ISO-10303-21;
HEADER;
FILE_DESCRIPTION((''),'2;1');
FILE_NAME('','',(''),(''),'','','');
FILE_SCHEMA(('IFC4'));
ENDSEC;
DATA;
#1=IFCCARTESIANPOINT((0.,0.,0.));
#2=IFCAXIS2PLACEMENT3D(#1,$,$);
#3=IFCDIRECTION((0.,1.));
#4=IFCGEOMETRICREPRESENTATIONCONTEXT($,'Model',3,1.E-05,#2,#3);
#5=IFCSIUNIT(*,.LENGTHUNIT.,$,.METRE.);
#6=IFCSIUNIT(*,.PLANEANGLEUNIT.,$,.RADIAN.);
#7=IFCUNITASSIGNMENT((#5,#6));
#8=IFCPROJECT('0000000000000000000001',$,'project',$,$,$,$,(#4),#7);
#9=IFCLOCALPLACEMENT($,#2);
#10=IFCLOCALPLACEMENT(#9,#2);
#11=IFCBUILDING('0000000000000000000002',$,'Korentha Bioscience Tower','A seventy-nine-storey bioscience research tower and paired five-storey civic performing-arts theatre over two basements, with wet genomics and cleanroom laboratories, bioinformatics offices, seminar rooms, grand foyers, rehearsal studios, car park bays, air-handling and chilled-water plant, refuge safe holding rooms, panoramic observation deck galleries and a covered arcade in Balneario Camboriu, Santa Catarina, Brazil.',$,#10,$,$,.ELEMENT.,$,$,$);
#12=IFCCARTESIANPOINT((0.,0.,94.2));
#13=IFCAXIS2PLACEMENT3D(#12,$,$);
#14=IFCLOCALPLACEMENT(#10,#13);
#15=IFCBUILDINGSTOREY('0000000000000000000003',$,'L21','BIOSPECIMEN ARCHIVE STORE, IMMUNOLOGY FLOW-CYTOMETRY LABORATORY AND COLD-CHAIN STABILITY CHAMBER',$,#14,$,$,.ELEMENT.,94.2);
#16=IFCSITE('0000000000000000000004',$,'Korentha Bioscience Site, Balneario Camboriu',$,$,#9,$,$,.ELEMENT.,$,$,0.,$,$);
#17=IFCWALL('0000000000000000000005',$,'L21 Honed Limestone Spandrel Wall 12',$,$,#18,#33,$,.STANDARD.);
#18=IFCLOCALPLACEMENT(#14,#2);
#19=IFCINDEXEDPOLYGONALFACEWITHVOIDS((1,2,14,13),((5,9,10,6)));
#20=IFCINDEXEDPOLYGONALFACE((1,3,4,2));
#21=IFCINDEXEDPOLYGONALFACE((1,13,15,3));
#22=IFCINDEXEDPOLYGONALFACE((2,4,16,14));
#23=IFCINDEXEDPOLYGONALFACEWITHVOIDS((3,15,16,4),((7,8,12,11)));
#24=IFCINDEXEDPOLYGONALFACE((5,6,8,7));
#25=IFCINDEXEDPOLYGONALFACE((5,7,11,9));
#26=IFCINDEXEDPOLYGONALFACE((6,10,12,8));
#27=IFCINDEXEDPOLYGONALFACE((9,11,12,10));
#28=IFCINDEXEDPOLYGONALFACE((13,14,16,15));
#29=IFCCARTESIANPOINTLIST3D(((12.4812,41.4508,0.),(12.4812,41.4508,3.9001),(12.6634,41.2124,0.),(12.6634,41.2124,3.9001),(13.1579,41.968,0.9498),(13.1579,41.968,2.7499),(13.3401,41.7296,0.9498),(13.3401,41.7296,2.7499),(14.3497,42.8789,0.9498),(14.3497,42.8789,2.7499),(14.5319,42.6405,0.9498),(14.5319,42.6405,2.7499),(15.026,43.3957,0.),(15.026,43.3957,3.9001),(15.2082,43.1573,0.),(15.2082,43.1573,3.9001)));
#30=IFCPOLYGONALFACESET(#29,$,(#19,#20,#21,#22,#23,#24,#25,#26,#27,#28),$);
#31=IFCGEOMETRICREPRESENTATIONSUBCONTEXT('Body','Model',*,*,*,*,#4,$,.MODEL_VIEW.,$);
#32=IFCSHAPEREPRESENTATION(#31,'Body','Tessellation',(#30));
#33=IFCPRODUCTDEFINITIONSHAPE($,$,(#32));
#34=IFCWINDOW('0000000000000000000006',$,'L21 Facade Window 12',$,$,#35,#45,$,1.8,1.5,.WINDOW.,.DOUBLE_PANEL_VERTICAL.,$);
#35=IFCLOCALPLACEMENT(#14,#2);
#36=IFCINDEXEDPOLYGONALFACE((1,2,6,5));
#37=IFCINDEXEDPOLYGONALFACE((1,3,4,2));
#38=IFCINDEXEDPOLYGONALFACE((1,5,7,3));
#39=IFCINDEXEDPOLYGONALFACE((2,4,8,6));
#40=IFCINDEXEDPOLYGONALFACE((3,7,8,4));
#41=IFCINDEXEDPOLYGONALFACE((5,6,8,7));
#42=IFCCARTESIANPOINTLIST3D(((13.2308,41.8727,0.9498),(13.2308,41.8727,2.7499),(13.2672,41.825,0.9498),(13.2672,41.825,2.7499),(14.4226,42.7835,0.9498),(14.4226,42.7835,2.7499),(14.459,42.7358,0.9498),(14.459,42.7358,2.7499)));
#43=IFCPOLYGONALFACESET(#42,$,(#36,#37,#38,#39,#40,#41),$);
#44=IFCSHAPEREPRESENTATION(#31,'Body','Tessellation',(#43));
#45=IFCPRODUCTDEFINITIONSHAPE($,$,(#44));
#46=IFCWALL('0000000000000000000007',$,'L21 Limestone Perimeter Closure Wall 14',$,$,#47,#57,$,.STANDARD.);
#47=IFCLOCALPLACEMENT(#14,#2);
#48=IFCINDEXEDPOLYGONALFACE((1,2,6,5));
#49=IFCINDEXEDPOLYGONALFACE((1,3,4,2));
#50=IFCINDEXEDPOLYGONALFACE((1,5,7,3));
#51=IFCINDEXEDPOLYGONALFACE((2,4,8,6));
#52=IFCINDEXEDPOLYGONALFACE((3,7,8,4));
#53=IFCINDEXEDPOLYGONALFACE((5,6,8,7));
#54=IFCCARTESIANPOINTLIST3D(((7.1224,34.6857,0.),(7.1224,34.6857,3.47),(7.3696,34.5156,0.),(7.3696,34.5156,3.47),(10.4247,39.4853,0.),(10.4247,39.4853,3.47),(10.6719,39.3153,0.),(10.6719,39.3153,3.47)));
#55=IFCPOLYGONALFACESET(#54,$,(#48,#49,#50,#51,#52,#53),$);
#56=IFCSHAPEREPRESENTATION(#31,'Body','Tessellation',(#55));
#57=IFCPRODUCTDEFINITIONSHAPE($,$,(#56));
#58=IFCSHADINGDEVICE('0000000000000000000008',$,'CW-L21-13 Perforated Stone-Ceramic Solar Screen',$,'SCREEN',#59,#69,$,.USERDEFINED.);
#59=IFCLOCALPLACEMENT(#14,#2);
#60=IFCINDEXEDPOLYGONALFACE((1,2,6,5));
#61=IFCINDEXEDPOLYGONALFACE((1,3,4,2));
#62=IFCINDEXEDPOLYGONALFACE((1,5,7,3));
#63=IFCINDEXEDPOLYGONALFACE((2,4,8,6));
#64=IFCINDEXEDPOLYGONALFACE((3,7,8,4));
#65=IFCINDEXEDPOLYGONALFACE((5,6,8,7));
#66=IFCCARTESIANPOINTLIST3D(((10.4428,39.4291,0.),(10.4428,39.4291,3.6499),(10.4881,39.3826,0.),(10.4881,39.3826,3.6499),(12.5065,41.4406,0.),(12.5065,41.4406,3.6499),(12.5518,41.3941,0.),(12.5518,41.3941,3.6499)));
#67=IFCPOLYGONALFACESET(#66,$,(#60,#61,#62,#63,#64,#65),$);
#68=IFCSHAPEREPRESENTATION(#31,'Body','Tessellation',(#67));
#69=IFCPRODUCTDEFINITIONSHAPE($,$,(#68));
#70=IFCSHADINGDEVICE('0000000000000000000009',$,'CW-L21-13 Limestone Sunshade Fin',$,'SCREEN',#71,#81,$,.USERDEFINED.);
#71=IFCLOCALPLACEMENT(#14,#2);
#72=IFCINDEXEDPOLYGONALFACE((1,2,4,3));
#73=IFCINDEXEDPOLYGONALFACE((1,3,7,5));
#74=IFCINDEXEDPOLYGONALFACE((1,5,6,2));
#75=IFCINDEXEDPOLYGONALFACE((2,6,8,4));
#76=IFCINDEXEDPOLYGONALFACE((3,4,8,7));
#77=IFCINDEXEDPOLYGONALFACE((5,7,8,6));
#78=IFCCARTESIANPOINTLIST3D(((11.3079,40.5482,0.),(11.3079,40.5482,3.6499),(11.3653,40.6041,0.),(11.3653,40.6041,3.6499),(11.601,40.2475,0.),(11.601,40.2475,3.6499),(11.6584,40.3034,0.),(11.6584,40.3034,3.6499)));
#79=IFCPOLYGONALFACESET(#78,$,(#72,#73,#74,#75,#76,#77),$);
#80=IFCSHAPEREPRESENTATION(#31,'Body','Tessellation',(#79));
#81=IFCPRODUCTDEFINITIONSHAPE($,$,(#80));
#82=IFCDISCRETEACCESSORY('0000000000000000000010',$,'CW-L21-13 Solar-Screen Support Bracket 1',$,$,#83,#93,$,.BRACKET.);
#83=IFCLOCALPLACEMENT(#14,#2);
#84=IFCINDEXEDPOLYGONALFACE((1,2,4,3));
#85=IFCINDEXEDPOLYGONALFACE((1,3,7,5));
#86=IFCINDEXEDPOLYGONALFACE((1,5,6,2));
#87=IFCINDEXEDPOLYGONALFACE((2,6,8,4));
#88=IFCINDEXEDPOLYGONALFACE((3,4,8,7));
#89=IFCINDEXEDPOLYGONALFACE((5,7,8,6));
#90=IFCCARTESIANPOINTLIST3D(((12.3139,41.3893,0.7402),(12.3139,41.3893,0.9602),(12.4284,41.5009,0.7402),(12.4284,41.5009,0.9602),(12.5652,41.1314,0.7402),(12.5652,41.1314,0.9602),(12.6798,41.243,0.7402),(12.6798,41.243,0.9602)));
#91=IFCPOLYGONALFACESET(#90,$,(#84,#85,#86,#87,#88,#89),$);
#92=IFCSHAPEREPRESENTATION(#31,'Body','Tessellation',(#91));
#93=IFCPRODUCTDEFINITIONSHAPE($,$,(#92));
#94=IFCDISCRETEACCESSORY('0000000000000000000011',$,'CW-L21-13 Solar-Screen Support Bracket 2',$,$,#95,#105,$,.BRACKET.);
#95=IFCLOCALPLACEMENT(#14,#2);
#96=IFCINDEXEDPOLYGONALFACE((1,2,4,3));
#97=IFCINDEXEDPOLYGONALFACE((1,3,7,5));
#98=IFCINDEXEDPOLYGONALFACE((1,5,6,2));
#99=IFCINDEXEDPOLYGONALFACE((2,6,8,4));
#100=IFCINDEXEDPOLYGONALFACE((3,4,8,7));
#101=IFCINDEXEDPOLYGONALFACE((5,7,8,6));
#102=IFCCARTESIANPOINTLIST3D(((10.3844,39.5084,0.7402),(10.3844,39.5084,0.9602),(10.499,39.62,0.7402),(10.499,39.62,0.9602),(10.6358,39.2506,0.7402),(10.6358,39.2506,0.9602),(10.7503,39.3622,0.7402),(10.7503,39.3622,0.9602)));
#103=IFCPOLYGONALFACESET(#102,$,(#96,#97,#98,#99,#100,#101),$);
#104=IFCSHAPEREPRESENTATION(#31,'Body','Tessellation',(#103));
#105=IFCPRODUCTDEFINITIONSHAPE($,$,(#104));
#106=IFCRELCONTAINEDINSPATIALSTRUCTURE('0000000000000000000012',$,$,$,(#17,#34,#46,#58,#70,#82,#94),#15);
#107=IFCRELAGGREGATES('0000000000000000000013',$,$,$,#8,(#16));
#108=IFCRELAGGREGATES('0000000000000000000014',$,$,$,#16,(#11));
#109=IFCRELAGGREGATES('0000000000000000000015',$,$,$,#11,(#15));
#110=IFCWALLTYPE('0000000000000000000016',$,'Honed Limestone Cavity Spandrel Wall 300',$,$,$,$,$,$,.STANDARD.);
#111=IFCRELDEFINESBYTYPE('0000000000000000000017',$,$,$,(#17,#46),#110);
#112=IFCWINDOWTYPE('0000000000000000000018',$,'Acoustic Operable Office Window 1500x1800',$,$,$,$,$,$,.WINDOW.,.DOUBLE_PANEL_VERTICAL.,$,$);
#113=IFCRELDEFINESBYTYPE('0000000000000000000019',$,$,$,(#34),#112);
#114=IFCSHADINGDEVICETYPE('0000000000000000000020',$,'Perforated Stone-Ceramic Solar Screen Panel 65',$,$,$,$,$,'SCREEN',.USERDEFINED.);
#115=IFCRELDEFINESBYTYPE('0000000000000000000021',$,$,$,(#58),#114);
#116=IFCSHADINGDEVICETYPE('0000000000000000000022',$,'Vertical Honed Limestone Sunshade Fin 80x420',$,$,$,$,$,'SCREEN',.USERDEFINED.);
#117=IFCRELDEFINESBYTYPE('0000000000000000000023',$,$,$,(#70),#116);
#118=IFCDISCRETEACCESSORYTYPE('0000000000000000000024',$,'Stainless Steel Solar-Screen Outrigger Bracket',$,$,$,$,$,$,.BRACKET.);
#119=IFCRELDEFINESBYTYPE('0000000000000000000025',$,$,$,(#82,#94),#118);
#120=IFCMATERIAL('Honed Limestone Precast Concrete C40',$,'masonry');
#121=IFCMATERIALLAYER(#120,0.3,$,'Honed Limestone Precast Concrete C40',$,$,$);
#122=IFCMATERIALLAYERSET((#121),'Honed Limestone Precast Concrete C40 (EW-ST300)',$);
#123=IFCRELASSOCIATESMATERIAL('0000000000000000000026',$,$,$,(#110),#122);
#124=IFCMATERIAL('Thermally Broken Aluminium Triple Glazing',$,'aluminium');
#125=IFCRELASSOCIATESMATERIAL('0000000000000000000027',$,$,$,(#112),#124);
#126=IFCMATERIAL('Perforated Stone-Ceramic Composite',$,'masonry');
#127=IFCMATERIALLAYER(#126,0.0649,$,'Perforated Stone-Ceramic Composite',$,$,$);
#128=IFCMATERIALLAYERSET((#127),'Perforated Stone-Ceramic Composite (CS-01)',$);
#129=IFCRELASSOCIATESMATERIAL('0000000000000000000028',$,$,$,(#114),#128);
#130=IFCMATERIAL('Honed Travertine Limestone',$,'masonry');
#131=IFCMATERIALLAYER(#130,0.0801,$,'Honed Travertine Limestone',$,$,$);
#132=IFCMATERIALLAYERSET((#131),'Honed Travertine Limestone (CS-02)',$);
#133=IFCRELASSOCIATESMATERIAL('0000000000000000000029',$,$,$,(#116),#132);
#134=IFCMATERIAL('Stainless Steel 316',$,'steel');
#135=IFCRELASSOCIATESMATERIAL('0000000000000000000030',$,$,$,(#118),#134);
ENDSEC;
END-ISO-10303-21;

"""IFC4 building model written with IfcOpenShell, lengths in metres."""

from ifc_helpers import new_model, si_unit, direction, frame, frame_2d, origin, origin_2d, place, context, subcontext, project, spatial, rectangle, extrude, material, layer, layer_set, type_object, element, fill, save


model = new_model("IFC4")

# Units and contexts
model_context = context("Model", 3, precision=1e-05, world=origin(), true_north=direction((0.0, 1.0)))
body_context = subcontext(model_context, "Body", "Model", "MODEL_VIEW")
ifc_project = project(units=[si_unit("LENGTHUNIT", "METRE"), si_unit("PLANEANGLEUNIT", "RADIAN")], contexts=[model_context])

# Site, building, storey
site_placement = place(None, origin())
site = spatial("IfcSite", under=ifc_project, at=site_placement, Name="Korentha Bioscience Site, Balneario Camboriu", CompositionType="ELEMENT", RefElevation=0.0)
building_placement = place(site_placement, origin())
building = spatial("IfcBuilding", under=site, at=building_placement, Name="Korentha Bioscience Tower", Description="A seventy-nine-storey bioscience research tower and paired five-storey civic performing-arts theatre over two basements, with wet genomics and cleanroom laboratories, bioinformatics offices, seminar rooms, grand foyers, rehearsal studios, car park bays, air-handling and chilled-water plant, refuge safe holding rooms, panoramic observation deck galleries and a covered arcade in Balneario Camboriu, Santa Catarina, Brazil.", CompositionType="ELEMENT")
storey_placement = place(building_placement, frame((0.0, 0.0, 94.2)))
storey = spatial("IfcBuildingStorey", under=building, at=storey_placement, Name="L21", Description="BIOSPECIMEN ARCHIVE STORE, IMMUNOLOGY FLOW-CYTOMETRY LABORATORY AND COLD-CHAIN STABILITY CHAMBER", CompositionType="ELEMENT", Elevation=94.2)

# Wall, opening, window
ifc_material_1 = material(Name="Honed Limestone Precast Concrete C40", Category="masonry")
ifc_layer_1 = layer(ifc_material_1, 0.3, Name="Honed Limestone Precast Concrete C40")
ifc_layer_set_1 = layer_set([ifc_layer_1], Name="Honed Limestone Precast Concrete C40 (EW-ST300)")
wall_type_1 = type_object("IfcWallType", Name="Honed Limestone Cavity Spandrel Wall 300", PredefinedType="STANDARD", material=ifc_layer_set_1)
wall_1_placement = place(storey_placement, frame((15.1172, 43.2766, 0.0), z_axis=(0.0, 0.0, 1.0), x_axis=(-0.794524, -0.607232, 0.0)))
wall_1 = element("IfcWall", 1, at=wall_1_placement, inside=storey, type_object=wall_type_1, Name="L21 Honed Limestone Spandrel Wall 12", PredefinedType="STANDARD", context=body_context, shape_type="SweptSolid", body=[
    extrude(rectangle(XDim=3.2029, YDim=0.3, at=frame_2d((1.6016, 0.0))), origin(), (0.0, 0.0, 1.0), 3.9001),
])
opening_placement = place(wall_1_placement, frame((0.8513, 0.0, 0.95)))
opening = element("IfcOpeningElement", 2, at=opening_placement, cuts=wall_1, PredefinedType="OPENING", context=body_context, shape_type="SweptSolid", body=[
    extrude(rectangle(XDim=1.5, YDim=1.8, at=frame_2d((0.75, 0.8999))), frame((0.0, 0.165, 0.0), z_axis=(0.0, -1.0, 0.0), x_axis=(1.0, 0.0, 0.0)), (0.0, 0.0, 1.0), 0.3298),
])
ifc_material_2 = material(Name="Thermally Broken Aluminium Triple Glazing", Category="aluminium")
window_type = type_object("IfcWindowType", Name="Acoustic Operable Office Window 1500x1800", PartitioningType="DOUBLE_PANEL_VERTICAL", PredefinedType="WINDOW", material=ifc_material_2)
window_placement = place(opening_placement, origin())
window = element("IfcWindow", 3, at=window_placement, inside=storey, type_object=window_type, Name="L21 Facade Window 12", OverallHeight=1.8, OverallWidth=1.5, PartitioningType="DOUBLE_PANEL_VERTICAL", PredefinedType="WINDOW", context=body_context, shape_type="SweptSolid", body=[
    extrude(rectangle(XDim=1.5, YDim=1.8, at=frame_2d((0.75, 0.8999))), frame((0.0, 0.03, 0.0), z_axis=(0.0, -1.0, 0.0), x_axis=(1.0, 0.0, 0.0)), (0.0, 0.0, 1.0), 0.0601),
])
fill(opening, window)

# Wall
wall_2_placement = place(storey_placement, frame((10.5483, 39.4004, 0.0), z_axis=(0.0, 0.0, 1.0), x_axis=(-0.566826, -0.823838, 0.0)))
element("IfcWall", 4, at=wall_2_placement, inside=storey, type_object=wall_type_1, Name="L21 Limestone Perimeter Closure Wall 14", PredefinedType="STANDARD", context=body_context, shape_type="SweptSolid", body=[
    extrude(rectangle(XDim=5.8259, YDim=0.3, at=frame_2d((2.9131, 0.0))), origin(), (0.0, 0.0, 1.0), 3.47),
])

# Shading devices
ifc_material_3 = material(Name="Perforated Stone-Ceramic Composite", Category="masonry")
ifc_layer_2 = layer(ifc_material_3, 0.0649, Name="Perforated Stone-Ceramic Composite")
ifc_layer_set_2 = layer_set([ifc_layer_2], Name="Perforated Stone-Ceramic Composite (CS-01)")
shading_device_type_1 = type_object("IfcShadingDeviceType", Name="Perforated Stone-Ceramic Solar Screen Panel 65", ElementType="SCREEN", PredefinedType="USERDEFINED", material=ifc_layer_set_2)
shading_device_1_placement = place(storey_placement, frame((11.4973, 40.4116, 0.0), z_axis=(0.0, 0.0, 1.0), x_axis=(-0.716096, -0.698002, 0.0)))
element("IfcShadingDevice", 5, at=shading_device_1_placement, inside=storey, type_object=shading_device_type_1, Name="CW-L21-13 Perforated Stone-Ceramic Solar Screen", ObjectType="SCREEN", PredefinedType="USERDEFINED", context=body_context, shape_type="SweptSolid", body=[
    extrude(rectangle(XDim=2.8818, YDim=0.0649, at=origin_2d()), origin(), (0.0, 0.0, 1.0), 3.6499),
])
ifc_material_4 = material(Name="Honed Travertine Limestone", Category="masonry")
ifc_layer_3 = layer(ifc_material_4, 0.0801, Name="Honed Travertine Limestone")
ifc_layer_set_3 = layer_set([ifc_layer_3], Name="Honed Travertine Limestone (CS-02)")
shading_device_type_2 = type_object("IfcShadingDeviceType", Name="Vertical Honed Limestone Sunshade Fin 80x420", ElementType="SCREEN", PredefinedType="USERDEFINED", material=ifc_layer_set_3)
shading_device_2_placement = place(storey_placement, frame((11.4832, 40.4258, 0.0), z_axis=(0.0, 0.0, 1.0), x_axis=(-0.716096, -0.698002, 0.0)))
element("IfcShadingDevice", 6, at=shading_device_2_placement, inside=storey, type_object=shading_device_type_2, Name="CW-L21-13 Limestone Sunshade Fin", ObjectType="SCREEN", PredefinedType="USERDEFINED", context=body_context, shape_type="SweptSolid", body=[
    extrude(rectangle(XDim=0.0801, YDim=0.4199, at=origin_2d()), origin(), (0.0, 0.0, 1.0), 3.6499),
])

# Discrete accessories
ifc_material_5 = material(Name="Stainless Steel 316", Category="steel")
discrete_accessory_type = type_object("IfcDiscreteAccessoryType", Name="Stainless Steel Solar-Screen Outrigger Bracket", PredefinedType="BRACKET", material=ifc_material_5)
for number, where, z_axis, x_axis, name in (
    (7, (12.4968, 41.3162, 0.7402), (0.0, 0.0, 1.0), (-0.716096, -0.698002, 0.0), "CW-L21-13 Solar-Screen Support Bracket 1"),
    (8, (10.5674, 39.4353, 0.7402), (0.0, 0.0, 1.0), (-0.716096, -0.698002, 0.0), "CW-L21-13 Solar-Screen Support Bracket 2"),
):
    element("IfcDiscreteAccessory", number, at=place(storey_placement, frame(where, z_axis=z_axis, x_axis=x_axis)), inside=storey, type_object=discrete_accessory_type, Name=name, PredefinedType="BRACKET", context=body_context, shape_type="SweptSolid", body=[
        extrude(rectangle(XDim=0.1599, YDim=0.3601, at=origin_2d()), origin(), (0.0, 0.0, 1.0), 0.22),
    ])

save(model, "model.ifc")
